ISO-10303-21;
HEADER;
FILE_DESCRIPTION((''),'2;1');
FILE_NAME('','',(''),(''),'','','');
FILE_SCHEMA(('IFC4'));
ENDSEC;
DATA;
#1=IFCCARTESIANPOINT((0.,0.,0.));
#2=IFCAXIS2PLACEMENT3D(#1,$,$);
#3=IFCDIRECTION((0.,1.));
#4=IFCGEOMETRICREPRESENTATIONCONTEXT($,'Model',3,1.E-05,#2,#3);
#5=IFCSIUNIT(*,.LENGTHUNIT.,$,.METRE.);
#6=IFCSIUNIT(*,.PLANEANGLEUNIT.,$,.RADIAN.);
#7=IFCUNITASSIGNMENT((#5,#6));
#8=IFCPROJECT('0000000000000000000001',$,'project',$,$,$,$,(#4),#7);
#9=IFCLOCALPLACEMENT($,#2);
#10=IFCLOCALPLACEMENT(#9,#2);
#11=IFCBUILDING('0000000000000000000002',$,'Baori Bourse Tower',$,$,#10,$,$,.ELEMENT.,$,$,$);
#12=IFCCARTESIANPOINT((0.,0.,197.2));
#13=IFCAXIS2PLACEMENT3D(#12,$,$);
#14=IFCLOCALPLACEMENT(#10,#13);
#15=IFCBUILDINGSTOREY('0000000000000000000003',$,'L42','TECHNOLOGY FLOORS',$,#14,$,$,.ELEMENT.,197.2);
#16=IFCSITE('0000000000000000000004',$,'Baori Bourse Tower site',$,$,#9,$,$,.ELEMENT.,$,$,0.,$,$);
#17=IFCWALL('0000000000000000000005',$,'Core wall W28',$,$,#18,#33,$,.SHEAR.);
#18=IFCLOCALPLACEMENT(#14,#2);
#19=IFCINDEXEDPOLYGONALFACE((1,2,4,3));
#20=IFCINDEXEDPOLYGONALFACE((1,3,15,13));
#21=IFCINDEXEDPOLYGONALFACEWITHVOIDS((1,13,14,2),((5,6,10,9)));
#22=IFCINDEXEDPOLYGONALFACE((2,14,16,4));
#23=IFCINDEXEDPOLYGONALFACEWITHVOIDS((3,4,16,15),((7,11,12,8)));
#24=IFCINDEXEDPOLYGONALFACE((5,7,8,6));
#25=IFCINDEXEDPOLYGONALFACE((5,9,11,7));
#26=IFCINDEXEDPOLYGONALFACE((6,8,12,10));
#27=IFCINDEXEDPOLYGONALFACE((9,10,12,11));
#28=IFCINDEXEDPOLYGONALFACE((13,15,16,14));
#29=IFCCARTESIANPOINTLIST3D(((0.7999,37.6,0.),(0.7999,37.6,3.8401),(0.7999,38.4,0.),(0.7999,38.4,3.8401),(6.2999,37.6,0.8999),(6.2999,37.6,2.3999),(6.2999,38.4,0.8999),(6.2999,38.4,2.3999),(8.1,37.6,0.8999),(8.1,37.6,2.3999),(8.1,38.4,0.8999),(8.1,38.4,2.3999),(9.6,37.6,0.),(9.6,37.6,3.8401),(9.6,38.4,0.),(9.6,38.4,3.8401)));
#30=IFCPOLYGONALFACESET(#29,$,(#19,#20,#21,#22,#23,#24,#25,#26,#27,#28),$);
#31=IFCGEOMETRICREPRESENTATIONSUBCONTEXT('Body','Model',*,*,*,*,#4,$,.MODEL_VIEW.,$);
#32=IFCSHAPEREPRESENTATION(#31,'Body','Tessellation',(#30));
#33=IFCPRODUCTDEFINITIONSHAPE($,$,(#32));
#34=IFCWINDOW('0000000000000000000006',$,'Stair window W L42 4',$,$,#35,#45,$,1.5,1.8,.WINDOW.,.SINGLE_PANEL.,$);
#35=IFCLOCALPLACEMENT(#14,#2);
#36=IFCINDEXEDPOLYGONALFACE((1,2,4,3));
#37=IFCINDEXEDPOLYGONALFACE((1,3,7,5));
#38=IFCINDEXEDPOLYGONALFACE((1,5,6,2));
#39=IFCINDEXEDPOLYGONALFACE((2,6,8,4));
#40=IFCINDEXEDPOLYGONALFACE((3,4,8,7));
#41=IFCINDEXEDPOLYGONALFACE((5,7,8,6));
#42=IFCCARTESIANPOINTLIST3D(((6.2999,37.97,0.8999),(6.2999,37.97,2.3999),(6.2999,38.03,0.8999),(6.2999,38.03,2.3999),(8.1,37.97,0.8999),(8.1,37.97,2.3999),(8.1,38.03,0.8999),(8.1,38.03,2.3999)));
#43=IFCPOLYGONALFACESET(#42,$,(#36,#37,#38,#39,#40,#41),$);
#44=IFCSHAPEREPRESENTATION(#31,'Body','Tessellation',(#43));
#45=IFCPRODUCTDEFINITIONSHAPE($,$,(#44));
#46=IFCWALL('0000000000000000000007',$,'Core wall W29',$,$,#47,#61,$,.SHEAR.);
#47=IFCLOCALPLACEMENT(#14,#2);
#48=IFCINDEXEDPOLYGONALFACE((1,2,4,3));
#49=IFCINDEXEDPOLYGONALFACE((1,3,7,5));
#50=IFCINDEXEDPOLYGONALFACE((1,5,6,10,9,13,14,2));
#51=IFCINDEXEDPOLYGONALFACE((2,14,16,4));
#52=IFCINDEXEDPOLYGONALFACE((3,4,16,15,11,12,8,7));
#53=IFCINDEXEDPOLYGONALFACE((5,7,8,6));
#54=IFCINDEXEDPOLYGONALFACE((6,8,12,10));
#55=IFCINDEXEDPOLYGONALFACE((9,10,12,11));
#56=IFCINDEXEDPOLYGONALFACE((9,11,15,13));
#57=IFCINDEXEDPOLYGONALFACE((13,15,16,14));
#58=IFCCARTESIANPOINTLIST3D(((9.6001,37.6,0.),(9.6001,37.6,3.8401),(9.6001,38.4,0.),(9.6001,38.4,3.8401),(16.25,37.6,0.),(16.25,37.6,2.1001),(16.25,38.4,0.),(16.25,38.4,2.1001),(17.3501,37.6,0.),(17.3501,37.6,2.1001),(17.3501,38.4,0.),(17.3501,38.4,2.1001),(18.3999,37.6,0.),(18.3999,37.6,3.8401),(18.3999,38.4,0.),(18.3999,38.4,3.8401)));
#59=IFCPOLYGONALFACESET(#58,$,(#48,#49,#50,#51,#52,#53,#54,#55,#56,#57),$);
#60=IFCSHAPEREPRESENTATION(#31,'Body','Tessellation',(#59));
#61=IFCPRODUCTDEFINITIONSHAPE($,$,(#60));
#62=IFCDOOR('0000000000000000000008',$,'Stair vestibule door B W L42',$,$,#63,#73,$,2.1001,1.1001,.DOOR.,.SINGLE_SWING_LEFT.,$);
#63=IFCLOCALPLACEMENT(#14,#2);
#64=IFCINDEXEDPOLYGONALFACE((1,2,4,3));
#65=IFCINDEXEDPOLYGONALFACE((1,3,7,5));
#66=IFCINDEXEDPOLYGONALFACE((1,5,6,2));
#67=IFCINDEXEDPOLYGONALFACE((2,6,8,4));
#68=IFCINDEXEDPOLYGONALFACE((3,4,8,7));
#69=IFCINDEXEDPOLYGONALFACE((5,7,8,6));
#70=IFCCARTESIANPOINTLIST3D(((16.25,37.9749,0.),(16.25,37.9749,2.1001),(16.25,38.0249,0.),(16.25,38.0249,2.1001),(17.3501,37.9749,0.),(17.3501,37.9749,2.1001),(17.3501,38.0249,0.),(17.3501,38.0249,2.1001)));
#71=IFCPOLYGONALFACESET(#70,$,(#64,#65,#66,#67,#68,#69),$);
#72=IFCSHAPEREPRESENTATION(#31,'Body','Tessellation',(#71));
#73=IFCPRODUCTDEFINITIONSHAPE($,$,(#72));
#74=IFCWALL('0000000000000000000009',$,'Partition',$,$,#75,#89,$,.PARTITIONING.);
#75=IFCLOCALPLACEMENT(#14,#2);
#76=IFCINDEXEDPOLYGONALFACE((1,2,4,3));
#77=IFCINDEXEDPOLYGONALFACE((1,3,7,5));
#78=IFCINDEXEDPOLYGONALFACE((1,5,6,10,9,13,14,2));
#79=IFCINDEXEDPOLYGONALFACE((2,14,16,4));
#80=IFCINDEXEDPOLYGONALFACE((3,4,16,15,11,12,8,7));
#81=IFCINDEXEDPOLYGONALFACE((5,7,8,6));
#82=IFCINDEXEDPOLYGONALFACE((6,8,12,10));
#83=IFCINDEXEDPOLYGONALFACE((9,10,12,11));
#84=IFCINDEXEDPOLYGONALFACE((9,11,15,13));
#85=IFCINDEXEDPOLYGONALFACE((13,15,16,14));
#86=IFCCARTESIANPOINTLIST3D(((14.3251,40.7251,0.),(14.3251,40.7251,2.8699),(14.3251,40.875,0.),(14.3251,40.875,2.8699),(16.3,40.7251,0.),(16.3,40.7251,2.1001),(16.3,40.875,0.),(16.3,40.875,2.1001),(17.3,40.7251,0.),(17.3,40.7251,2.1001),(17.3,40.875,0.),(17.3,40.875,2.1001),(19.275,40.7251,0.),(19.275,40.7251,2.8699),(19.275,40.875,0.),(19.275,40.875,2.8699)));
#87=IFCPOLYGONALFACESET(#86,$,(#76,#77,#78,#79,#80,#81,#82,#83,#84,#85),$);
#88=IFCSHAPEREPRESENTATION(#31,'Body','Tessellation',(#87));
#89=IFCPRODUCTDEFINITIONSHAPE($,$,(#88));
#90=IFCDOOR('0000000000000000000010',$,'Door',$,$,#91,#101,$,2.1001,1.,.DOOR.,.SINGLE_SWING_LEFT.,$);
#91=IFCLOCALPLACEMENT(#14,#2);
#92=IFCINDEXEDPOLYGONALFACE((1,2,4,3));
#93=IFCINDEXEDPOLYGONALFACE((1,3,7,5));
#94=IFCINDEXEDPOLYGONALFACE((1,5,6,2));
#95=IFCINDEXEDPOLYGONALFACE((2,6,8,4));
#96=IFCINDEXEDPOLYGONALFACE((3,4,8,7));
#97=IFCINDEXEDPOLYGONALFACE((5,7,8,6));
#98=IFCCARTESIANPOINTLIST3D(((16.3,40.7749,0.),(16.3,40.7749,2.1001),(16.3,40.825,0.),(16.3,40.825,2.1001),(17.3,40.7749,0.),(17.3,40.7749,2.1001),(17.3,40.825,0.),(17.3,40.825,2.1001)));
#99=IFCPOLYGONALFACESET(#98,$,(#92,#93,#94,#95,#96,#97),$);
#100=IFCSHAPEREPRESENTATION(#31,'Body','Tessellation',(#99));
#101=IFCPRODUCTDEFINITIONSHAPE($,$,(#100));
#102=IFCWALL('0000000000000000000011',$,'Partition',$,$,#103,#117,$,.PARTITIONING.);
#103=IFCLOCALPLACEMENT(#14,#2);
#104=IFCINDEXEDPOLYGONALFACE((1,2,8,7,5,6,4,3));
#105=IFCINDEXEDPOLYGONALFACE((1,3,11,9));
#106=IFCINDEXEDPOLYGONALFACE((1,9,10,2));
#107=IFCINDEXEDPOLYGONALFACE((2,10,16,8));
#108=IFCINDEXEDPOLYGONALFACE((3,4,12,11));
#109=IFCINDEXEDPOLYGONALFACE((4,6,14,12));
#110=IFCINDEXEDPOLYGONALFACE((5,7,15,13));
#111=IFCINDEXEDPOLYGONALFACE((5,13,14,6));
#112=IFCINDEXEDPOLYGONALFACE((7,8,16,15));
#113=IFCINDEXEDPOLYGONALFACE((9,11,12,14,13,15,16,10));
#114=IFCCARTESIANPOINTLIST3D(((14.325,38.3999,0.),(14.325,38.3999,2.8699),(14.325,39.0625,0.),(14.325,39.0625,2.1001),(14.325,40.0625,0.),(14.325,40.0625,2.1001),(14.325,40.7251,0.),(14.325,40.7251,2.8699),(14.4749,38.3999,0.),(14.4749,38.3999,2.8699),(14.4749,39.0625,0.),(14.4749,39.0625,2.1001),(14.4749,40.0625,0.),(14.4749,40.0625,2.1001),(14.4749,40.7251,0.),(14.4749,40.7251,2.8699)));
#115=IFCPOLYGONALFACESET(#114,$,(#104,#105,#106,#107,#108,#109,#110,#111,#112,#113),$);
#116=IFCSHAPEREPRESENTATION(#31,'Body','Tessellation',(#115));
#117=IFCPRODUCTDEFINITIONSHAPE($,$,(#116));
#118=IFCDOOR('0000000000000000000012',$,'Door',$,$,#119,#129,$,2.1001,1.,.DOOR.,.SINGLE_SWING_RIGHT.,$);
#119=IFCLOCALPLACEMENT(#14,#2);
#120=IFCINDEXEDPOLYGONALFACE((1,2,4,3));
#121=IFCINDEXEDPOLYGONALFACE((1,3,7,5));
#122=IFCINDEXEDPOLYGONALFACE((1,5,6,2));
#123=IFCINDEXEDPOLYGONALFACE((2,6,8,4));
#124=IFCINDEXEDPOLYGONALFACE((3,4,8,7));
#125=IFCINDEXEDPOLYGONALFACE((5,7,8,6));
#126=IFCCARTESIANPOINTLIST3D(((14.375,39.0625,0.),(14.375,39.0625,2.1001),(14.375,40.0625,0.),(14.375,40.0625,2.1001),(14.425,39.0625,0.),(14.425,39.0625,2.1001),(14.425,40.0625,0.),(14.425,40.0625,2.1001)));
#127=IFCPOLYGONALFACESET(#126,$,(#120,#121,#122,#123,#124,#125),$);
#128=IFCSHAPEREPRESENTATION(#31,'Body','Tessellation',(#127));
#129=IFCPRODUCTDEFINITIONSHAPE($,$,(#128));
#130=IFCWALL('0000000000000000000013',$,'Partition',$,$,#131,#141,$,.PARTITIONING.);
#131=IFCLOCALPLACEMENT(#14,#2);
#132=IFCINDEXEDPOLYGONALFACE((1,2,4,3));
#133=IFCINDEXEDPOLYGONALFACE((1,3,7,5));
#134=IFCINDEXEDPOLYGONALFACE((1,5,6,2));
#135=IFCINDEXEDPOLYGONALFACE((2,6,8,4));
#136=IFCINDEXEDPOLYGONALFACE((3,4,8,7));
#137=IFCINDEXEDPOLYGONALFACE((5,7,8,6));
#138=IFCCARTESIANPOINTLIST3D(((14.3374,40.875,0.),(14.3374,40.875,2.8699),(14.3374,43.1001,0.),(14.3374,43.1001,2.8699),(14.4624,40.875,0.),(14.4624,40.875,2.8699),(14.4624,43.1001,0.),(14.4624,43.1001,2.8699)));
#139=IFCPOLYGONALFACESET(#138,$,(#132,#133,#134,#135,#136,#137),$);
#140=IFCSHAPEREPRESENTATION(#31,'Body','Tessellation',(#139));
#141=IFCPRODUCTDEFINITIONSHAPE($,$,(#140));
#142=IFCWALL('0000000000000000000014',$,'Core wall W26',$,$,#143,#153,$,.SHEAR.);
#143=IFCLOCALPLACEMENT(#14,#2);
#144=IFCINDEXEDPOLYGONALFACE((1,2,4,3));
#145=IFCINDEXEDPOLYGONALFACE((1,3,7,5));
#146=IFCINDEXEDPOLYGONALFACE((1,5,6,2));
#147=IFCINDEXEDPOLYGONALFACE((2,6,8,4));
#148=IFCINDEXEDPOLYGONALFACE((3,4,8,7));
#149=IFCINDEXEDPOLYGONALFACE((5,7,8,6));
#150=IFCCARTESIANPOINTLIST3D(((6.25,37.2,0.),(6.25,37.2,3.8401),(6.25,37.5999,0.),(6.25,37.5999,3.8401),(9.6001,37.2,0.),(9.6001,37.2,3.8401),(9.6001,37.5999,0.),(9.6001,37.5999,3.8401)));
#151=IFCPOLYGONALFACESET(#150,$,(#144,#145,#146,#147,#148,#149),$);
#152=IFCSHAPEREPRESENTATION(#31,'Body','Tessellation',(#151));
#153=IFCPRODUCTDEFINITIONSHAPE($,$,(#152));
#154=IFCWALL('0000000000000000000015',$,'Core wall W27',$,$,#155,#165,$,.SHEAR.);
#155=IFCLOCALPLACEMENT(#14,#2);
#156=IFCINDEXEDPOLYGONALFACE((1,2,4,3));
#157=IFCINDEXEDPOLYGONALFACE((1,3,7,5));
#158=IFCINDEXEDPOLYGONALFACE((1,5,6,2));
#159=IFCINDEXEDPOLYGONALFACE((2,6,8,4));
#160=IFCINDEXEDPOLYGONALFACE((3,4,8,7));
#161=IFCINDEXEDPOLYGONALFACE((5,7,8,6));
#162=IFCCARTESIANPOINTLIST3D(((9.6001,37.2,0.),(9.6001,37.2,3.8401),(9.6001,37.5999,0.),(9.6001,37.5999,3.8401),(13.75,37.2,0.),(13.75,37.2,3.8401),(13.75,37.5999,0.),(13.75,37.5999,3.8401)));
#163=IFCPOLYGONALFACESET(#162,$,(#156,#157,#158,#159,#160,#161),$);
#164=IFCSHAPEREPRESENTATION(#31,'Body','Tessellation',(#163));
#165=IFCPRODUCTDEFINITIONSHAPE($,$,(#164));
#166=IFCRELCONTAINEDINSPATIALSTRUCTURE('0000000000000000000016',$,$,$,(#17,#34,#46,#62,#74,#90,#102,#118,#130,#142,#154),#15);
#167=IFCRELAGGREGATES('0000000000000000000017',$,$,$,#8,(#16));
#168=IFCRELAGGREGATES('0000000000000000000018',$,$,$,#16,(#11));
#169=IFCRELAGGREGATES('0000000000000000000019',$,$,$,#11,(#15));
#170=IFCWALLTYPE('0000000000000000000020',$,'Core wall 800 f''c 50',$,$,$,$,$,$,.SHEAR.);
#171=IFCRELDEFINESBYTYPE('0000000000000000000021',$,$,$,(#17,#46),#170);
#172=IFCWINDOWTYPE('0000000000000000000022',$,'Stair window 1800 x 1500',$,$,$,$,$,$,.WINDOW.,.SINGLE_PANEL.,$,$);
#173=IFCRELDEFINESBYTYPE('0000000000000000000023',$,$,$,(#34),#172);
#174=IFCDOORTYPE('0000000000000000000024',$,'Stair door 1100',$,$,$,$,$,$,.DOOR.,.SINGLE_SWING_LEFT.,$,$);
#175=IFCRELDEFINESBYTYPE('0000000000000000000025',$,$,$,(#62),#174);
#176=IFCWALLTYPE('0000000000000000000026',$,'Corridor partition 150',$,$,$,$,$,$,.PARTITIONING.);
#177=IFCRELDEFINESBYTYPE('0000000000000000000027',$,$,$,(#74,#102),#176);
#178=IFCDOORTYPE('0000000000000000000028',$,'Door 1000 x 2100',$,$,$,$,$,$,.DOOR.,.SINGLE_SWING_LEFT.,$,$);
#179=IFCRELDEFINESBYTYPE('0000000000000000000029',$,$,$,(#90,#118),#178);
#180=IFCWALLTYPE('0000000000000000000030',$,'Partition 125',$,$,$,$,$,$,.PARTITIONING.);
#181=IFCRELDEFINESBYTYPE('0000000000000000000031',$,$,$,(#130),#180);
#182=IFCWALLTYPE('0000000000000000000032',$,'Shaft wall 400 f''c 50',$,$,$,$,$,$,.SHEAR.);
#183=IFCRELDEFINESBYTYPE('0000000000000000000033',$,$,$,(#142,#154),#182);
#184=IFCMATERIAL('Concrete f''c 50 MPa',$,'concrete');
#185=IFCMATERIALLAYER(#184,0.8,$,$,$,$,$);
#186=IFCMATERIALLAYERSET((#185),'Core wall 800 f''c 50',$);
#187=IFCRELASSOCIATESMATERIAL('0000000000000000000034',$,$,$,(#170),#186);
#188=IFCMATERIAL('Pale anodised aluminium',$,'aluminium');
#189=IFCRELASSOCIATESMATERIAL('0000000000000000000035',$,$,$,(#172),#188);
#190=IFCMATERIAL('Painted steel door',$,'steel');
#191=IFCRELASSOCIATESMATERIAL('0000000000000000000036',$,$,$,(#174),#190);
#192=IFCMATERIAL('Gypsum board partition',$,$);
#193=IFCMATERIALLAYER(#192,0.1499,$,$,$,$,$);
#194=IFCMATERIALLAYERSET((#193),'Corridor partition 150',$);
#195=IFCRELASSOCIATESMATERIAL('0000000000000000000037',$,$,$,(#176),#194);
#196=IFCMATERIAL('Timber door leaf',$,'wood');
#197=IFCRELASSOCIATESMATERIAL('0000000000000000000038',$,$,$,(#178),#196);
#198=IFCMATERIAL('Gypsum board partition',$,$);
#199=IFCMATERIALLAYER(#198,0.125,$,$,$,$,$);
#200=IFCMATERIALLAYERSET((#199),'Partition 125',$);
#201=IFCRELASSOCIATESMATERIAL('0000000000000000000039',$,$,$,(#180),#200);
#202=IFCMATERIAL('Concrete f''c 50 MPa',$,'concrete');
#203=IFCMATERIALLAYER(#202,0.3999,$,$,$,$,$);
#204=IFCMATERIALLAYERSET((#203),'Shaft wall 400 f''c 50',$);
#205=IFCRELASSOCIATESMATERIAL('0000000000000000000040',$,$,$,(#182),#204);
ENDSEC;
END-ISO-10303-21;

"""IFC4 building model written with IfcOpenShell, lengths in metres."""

from ifc_helpers import new_model, si_unit, direction, frame, frame_2d, origin, place, context, subcontext, project, spatial, rectangle, extrude, material, layer, layer_set, type_object, element, fill, save


model = new_model("IFC4")

# Units and contexts
model_context = context("Model", 3, precision=1e-05, world=origin(), true_north=direction((0.0, 1.0)))
body_context = subcontext(model_context, "Body", "Model", "MODEL_VIEW")
ifc_project = project(units=[si_unit("LENGTHUNIT", "METRE"), si_unit("PLANEANGLEUNIT", "RADIAN")], contexts=[model_context])

# Site, building, storey
site_placement = place(None, origin())
site = spatial("IfcSite", under=ifc_project, at=site_placement, Name="Baori Bourse Tower site", CompositionType="ELEMENT", RefElevation=0.0)
building_placement = place(site_placement, origin())
building = spatial("IfcBuilding", under=site, at=building_placement, Name="Baori Bourse Tower", CompositionType="ELEMENT")
storey_placement = place(building_placement, frame((0.0, 0.0, 197.2)))
storey = spatial("IfcBuildingStorey", under=building, at=storey_placement, Name="L42", Description="TECHNOLOGY FLOORS", CompositionType="ELEMENT", Elevation=197.2)

# Wall, opening, window
ifc_material_1 = material(Name="Concrete f'c 50 MPa", Category="concrete")
ifc_layer_1 = layer(ifc_material_1, 0.8)
ifc_layer_set_1 = layer_set([ifc_layer_1], Name="Core wall 800 f'c 50")
wall_type_1 = type_object("IfcWallType", Name="Core wall 800 f'c 50", PredefinedType="SHEAR", material=ifc_layer_set_1)
wall_1_placement = place(storey_placement, frame((0.8, 38.0, 0.0), z_axis=(0.0, 0.0, 1.0), x_axis=(1.0, 0.0, 0.0)))
wall_1 = element("IfcWall", 1, at=wall_1_placement, inside=storey, type_object=wall_type_1, Name="Core wall W28", PredefinedType="SHEAR", context=body_context, shape_type="SweptSolid", body=[
    extrude(rectangle(XDim=8.8, YDim=0.8, at=frame_2d((4.3999, 0.0))), origin(), (0.0, 0.0, 1.0), 3.8401),
])
opening_1_placement = place(wall_1_placement, frame((5.5, 0.0, 0.8999)))
opening_1 = element("IfcOpeningElement", 2, at=opening_1_placement, cuts=wall_1, PredefinedType="OPENING", context=body_context, shape_type="SweptSolid", body=[
    extrude(rectangle(XDim=1.8, YDim=1.5, at=frame_2d((0.8999, 0.75))), frame((0.0, 0.4099, 0.0), z_axis=(0.0, -1.0, 0.0), x_axis=(1.0, 0.0, 0.0)), (0.0, 0.0, 1.0), 0.8201),
])
ifc_material_2 = material(Name="Pale anodised aluminium", Category="aluminium")
window_type = type_object("IfcWindowType", Name="Stair window 1800 x 1500", PartitioningType="SINGLE_PANEL", PredefinedType="WINDOW", material=ifc_material_2)
window_placement = place(opening_1_placement, origin())
window = element("IfcWindow", 3, at=window_placement, inside=storey, type_object=window_type, Name="Stair window W L42 4", OverallHeight=1.5, OverallWidth=1.8, PartitioningType="SINGLE_PANEL", PredefinedType="WINDOW", context=body_context, shape_type="SweptSolid", body=[
    extrude(rectangle(XDim=1.8, YDim=1.5, at=frame_2d((0.8999, 0.75))), frame((0.0, 0.03, 0.0), z_axis=(0.0, -1.0, 0.0), x_axis=(1.0, 0.0, 0.0)), (0.0, 0.0, 1.0), 0.0601),
])
fill(opening_1, window)

# Walls, openings, doors
wall_2_placement = place(storey_placement, frame((9.6001, 38.0, 0.0), z_axis=(0.0, 0.0, 1.0), x_axis=(1.0, 0.0, 0.0)))
wall_2 = element("IfcWall", 4, at=wall_2_placement, inside=storey, type_object=wall_type_1, Name="Core wall W29", PredefinedType="SHEAR", context=body_context, shape_type="SweptSolid", body=[
    extrude(rectangle(XDim=8.7998, YDim=0.8, at=frame_2d((4.3999, 0.0))), origin(), (0.0, 0.0, 1.0), 3.8401),
])
opening_2_placement = place(wall_2_placement, frame((6.6499, 0.0, 0.0)))
opening_2 = element("IfcOpeningElement", 5, at=opening_2_placement, cuts=wall_2, PredefinedType="OPENING", context=body_context, shape_type="SweptSolid", body=[
    extrude(rectangle(XDim=1.1001, YDim=2.1001, at=frame_2d((0.55, 1.05))), frame((0.0, 0.4099, 0.0), z_axis=(0.0, -1.0, 0.0), x_axis=(1.0, 0.0, 0.0)), (0.0, 0.0, 1.0), 0.8201),
])
ifc_material_3 = material(Name="Painted steel door", Category="steel")
door_type_1 = type_object("IfcDoorType", Name="Stair door 1100", OperationType="SINGLE_SWING_LEFT", PredefinedType="DOOR", material=ifc_material_3)
door_1_placement = place(opening_2_placement, origin())
door_1 = element("IfcDoor", 6, at=door_1_placement, inside=storey, type_object=door_type_1, Name="Stair vestibule door B W L42", OperationType="SINGLE_SWING_LEFT", OverallHeight=2.1001, OverallWidth=1.1001, PredefinedType="DOOR", context=body_context, shape_type="SweptSolid", body=[
    extrude(rectangle(XDim=1.1001, YDim=2.1001, at=frame_2d((0.55, 1.05))), frame((0.0, 0.0249, 0.0), z_axis=(0.0, -1.0, 0.0), x_axis=(1.0, 0.0, 0.0)), (0.0, 0.0, 1.0), 0.05),
])
fill(opening_2, door_1)
ifc_material_4 = material(Name="Gypsum board partition")
ifc_layer_2 = layer(ifc_material_4, 0.1499)
ifc_layer_set_2 = layer_set([ifc_layer_2], Name="Corridor partition 150")
wall_type_2 = type_object("IfcWallType", Name="Corridor partition 150", PredefinedType="PARTITIONING", material=ifc_layer_set_2)
wall_3_placement = place(storey_placement, frame((14.325, 40.8, 0.0), z_axis=(0.0, 0.0, 1.0), x_axis=(1.0, 0.0, 0.0)))
wall_3 = element("IfcWall", 7, at=wall_3_placement, inside=storey, type_object=wall_type_2, Name="Partition", PredefinedType="PARTITIONING", context=body_context, shape_type="SweptSolid", body=[
    extrude(rectangle(XDim=4.95, YDim=0.1499, at=frame_2d((2.4751, 0.0))), origin(), (0.0, 0.0, 1.0), 2.8699),
])
opening_3_placement = place(wall_3_placement, frame((1.9751, 0.0, 0.0)))
opening_3 = element("IfcOpeningElement", 8, at=opening_3_placement, cuts=wall_3, PredefinedType="OPENING", context=body_context, shape_type="SweptSolid", body=[
    extrude(rectangle(XDim=1.0, YDim=2.1001, at=frame_2d((0.5, 1.05))), frame((0.0, 0.085, 0.0), z_axis=(0.0, -1.0, 0.0), x_axis=(1.0, 0.0, 0.0)), (0.0, 0.0, 1.0), 0.1699),
])
ifc_material_5 = material(Name="Timber door leaf", Category="wood")
door_type_2 = type_object("IfcDoorType", Name="Door 1000 x 2100", OperationType="SINGLE_SWING_LEFT", PredefinedType="DOOR", material=ifc_material_5)
door_2_placement = place(opening_3_placement, origin())
door_2 = element("IfcDoor", 9, at=door_2_placement, inside=storey, type_object=door_type_2, Name="Door", OperationType="SINGLE_SWING_LEFT", OverallHeight=2.1001, OverallWidth=1.0, PredefinedType="DOOR", context=body_context, shape_type="SweptSolid", body=[
    extrude(rectangle(XDim=1.0, YDim=2.1001, at=frame_2d((0.5, 1.05))), frame((0.0, 0.0249, 0.0), z_axis=(0.0, -1.0, 0.0), x_axis=(1.0, 0.0, 0.0)), (0.0, 0.0, 1.0), 0.05),
])
fill(opening_3, door_2)
wall_4_placement = place(storey_placement, frame((14.3999, 38.3999, 0.0), z_axis=(0.0, 0.0, 1.0), x_axis=(0.0, 1.0, 0.0)))
wall_4 = element("IfcWall", 10, at=wall_4_placement, inside=storey, type_object=wall_type_2, Name="Partition", PredefinedType="PARTITIONING", context=body_context, shape_type="SweptSolid", body=[
    extrude(rectangle(XDim=2.3252, YDim=0.1499, at=frame_2d((1.1626, 0.0))), origin(), (0.0, 0.0, 1.0), 2.8699),
])
opening_4_placement = place(wall_4_placement, frame((0.6626, 0.0, 0.0)))
opening_4 = element("IfcOpeningElement", 11, at=opening_4_placement, cuts=wall_4, PredefinedType="OPENING", context=body_context, shape_type="SweptSolid", body=[
    extrude(rectangle(XDim=1.0, YDim=2.1001, at=frame_2d((0.5, 1.05))), frame((0.0, 0.085, 0.0), z_axis=(0.0, -1.0, 0.0), x_axis=(1.0, 0.0, 0.0)), (0.0, 0.0, 1.0), 0.1699),
])
door_3_placement = place(opening_4_placement, origin())
door_3 = element("IfcDoor", 12, at=door_3_placement, inside=storey, type_object=door_type_2, Name="Door", OperationType="SINGLE_SWING_RIGHT", OverallHeight=2.1001, OverallWidth=1.0, PredefinedType="DOOR", context=body_context, shape_type="SweptSolid", body=[
    extrude(rectangle(XDim=1.0, YDim=2.1001, at=frame_2d((0.5, 1.05))), frame((0.0, 0.0249, 0.0), z_axis=(0.0, -1.0, 0.0), x_axis=(1.0, 0.0, 0.0)), (0.0, 0.0, 1.0), 0.05),
])
fill(opening_4, door_3)

# Walls
ifc_material_6 = material(Name="Gypsum board partition")
ifc_layer_3 = layer(ifc_material_6, 0.125)
ifc_layer_set_3 = layer_set([ifc_layer_3], Name="Partition 125")
wall_type_3 = type_object("IfcWallType", Name="Partition 125", PredefinedType="PARTITIONING", material=ifc_layer_set_3)
wall_5_placement = place(storey_placement, frame((14.3999, 40.875, 0.0), z_axis=(0.0, 0.0, 1.0), x_axis=(0.0, 1.0, 0.0)))
element("IfcWall", 13, at=wall_5_placement, inside=storey, type_object=wall_type_3, Name="Partition", PredefinedType="PARTITIONING", context=body_context, shape_type="SweptSolid", body=[
    extrude(rectangle(XDim=2.2251, YDim=0.125, at=frame_2d((1.1125, 0.0))), origin(), (0.0, 0.0, 1.0), 2.8699),
])
ifc_material_7 = material(Name="Concrete f'c 50 MPa", Category="concrete")
ifc_layer_4 = layer(ifc_material_7, 0.3999)
ifc_layer_set_4 = layer_set([ifc_layer_4], Name="Shaft wall 400 f'c 50")
wall_type_4 = type_object("IfcWallType", Name="Shaft wall 400 f'c 50", PredefinedType="SHEAR", material=ifc_layer_set_4)
wall_6_placement = place(storey_placement, frame((6.25, 37.3999, 0.0), z_axis=(0.0, 0.0, 1.0), x_axis=(1.0, 0.0, 0.0)))
element("IfcWall", 14, at=wall_6_placement, inside=storey, type_object=wall_type_4, Name="Core wall W26", PredefinedType="SHEAR", context=body_context, shape_type="SweptSolid", body=[
    extrude(rectangle(XDim=3.3501, YDim=0.3999, at=frame_2d((1.675, 0.0))), origin(), (0.0, 0.0, 1.0), 3.8401),
])
wall_7_placement = place(storey_placement, frame((9.6001, 37.3999, 0.0), z_axis=(0.0, 0.0, 1.0), x_axis=(1.0, 0.0, 0.0)))
element("IfcWall", 15, at=wall_7_placement, inside=storey, type_object=wall_type_4, Name="Core wall W27", PredefinedType="SHEAR", context=body_context, shape_type="SweptSolid", body=[
    extrude(rectangle(XDim=4.1499, YDim=0.3999, at=frame_2d((2.075, 0.0))), origin(), (0.0, 0.0, 1.0), 3.8401),
])

save(model, "model.ifc")
